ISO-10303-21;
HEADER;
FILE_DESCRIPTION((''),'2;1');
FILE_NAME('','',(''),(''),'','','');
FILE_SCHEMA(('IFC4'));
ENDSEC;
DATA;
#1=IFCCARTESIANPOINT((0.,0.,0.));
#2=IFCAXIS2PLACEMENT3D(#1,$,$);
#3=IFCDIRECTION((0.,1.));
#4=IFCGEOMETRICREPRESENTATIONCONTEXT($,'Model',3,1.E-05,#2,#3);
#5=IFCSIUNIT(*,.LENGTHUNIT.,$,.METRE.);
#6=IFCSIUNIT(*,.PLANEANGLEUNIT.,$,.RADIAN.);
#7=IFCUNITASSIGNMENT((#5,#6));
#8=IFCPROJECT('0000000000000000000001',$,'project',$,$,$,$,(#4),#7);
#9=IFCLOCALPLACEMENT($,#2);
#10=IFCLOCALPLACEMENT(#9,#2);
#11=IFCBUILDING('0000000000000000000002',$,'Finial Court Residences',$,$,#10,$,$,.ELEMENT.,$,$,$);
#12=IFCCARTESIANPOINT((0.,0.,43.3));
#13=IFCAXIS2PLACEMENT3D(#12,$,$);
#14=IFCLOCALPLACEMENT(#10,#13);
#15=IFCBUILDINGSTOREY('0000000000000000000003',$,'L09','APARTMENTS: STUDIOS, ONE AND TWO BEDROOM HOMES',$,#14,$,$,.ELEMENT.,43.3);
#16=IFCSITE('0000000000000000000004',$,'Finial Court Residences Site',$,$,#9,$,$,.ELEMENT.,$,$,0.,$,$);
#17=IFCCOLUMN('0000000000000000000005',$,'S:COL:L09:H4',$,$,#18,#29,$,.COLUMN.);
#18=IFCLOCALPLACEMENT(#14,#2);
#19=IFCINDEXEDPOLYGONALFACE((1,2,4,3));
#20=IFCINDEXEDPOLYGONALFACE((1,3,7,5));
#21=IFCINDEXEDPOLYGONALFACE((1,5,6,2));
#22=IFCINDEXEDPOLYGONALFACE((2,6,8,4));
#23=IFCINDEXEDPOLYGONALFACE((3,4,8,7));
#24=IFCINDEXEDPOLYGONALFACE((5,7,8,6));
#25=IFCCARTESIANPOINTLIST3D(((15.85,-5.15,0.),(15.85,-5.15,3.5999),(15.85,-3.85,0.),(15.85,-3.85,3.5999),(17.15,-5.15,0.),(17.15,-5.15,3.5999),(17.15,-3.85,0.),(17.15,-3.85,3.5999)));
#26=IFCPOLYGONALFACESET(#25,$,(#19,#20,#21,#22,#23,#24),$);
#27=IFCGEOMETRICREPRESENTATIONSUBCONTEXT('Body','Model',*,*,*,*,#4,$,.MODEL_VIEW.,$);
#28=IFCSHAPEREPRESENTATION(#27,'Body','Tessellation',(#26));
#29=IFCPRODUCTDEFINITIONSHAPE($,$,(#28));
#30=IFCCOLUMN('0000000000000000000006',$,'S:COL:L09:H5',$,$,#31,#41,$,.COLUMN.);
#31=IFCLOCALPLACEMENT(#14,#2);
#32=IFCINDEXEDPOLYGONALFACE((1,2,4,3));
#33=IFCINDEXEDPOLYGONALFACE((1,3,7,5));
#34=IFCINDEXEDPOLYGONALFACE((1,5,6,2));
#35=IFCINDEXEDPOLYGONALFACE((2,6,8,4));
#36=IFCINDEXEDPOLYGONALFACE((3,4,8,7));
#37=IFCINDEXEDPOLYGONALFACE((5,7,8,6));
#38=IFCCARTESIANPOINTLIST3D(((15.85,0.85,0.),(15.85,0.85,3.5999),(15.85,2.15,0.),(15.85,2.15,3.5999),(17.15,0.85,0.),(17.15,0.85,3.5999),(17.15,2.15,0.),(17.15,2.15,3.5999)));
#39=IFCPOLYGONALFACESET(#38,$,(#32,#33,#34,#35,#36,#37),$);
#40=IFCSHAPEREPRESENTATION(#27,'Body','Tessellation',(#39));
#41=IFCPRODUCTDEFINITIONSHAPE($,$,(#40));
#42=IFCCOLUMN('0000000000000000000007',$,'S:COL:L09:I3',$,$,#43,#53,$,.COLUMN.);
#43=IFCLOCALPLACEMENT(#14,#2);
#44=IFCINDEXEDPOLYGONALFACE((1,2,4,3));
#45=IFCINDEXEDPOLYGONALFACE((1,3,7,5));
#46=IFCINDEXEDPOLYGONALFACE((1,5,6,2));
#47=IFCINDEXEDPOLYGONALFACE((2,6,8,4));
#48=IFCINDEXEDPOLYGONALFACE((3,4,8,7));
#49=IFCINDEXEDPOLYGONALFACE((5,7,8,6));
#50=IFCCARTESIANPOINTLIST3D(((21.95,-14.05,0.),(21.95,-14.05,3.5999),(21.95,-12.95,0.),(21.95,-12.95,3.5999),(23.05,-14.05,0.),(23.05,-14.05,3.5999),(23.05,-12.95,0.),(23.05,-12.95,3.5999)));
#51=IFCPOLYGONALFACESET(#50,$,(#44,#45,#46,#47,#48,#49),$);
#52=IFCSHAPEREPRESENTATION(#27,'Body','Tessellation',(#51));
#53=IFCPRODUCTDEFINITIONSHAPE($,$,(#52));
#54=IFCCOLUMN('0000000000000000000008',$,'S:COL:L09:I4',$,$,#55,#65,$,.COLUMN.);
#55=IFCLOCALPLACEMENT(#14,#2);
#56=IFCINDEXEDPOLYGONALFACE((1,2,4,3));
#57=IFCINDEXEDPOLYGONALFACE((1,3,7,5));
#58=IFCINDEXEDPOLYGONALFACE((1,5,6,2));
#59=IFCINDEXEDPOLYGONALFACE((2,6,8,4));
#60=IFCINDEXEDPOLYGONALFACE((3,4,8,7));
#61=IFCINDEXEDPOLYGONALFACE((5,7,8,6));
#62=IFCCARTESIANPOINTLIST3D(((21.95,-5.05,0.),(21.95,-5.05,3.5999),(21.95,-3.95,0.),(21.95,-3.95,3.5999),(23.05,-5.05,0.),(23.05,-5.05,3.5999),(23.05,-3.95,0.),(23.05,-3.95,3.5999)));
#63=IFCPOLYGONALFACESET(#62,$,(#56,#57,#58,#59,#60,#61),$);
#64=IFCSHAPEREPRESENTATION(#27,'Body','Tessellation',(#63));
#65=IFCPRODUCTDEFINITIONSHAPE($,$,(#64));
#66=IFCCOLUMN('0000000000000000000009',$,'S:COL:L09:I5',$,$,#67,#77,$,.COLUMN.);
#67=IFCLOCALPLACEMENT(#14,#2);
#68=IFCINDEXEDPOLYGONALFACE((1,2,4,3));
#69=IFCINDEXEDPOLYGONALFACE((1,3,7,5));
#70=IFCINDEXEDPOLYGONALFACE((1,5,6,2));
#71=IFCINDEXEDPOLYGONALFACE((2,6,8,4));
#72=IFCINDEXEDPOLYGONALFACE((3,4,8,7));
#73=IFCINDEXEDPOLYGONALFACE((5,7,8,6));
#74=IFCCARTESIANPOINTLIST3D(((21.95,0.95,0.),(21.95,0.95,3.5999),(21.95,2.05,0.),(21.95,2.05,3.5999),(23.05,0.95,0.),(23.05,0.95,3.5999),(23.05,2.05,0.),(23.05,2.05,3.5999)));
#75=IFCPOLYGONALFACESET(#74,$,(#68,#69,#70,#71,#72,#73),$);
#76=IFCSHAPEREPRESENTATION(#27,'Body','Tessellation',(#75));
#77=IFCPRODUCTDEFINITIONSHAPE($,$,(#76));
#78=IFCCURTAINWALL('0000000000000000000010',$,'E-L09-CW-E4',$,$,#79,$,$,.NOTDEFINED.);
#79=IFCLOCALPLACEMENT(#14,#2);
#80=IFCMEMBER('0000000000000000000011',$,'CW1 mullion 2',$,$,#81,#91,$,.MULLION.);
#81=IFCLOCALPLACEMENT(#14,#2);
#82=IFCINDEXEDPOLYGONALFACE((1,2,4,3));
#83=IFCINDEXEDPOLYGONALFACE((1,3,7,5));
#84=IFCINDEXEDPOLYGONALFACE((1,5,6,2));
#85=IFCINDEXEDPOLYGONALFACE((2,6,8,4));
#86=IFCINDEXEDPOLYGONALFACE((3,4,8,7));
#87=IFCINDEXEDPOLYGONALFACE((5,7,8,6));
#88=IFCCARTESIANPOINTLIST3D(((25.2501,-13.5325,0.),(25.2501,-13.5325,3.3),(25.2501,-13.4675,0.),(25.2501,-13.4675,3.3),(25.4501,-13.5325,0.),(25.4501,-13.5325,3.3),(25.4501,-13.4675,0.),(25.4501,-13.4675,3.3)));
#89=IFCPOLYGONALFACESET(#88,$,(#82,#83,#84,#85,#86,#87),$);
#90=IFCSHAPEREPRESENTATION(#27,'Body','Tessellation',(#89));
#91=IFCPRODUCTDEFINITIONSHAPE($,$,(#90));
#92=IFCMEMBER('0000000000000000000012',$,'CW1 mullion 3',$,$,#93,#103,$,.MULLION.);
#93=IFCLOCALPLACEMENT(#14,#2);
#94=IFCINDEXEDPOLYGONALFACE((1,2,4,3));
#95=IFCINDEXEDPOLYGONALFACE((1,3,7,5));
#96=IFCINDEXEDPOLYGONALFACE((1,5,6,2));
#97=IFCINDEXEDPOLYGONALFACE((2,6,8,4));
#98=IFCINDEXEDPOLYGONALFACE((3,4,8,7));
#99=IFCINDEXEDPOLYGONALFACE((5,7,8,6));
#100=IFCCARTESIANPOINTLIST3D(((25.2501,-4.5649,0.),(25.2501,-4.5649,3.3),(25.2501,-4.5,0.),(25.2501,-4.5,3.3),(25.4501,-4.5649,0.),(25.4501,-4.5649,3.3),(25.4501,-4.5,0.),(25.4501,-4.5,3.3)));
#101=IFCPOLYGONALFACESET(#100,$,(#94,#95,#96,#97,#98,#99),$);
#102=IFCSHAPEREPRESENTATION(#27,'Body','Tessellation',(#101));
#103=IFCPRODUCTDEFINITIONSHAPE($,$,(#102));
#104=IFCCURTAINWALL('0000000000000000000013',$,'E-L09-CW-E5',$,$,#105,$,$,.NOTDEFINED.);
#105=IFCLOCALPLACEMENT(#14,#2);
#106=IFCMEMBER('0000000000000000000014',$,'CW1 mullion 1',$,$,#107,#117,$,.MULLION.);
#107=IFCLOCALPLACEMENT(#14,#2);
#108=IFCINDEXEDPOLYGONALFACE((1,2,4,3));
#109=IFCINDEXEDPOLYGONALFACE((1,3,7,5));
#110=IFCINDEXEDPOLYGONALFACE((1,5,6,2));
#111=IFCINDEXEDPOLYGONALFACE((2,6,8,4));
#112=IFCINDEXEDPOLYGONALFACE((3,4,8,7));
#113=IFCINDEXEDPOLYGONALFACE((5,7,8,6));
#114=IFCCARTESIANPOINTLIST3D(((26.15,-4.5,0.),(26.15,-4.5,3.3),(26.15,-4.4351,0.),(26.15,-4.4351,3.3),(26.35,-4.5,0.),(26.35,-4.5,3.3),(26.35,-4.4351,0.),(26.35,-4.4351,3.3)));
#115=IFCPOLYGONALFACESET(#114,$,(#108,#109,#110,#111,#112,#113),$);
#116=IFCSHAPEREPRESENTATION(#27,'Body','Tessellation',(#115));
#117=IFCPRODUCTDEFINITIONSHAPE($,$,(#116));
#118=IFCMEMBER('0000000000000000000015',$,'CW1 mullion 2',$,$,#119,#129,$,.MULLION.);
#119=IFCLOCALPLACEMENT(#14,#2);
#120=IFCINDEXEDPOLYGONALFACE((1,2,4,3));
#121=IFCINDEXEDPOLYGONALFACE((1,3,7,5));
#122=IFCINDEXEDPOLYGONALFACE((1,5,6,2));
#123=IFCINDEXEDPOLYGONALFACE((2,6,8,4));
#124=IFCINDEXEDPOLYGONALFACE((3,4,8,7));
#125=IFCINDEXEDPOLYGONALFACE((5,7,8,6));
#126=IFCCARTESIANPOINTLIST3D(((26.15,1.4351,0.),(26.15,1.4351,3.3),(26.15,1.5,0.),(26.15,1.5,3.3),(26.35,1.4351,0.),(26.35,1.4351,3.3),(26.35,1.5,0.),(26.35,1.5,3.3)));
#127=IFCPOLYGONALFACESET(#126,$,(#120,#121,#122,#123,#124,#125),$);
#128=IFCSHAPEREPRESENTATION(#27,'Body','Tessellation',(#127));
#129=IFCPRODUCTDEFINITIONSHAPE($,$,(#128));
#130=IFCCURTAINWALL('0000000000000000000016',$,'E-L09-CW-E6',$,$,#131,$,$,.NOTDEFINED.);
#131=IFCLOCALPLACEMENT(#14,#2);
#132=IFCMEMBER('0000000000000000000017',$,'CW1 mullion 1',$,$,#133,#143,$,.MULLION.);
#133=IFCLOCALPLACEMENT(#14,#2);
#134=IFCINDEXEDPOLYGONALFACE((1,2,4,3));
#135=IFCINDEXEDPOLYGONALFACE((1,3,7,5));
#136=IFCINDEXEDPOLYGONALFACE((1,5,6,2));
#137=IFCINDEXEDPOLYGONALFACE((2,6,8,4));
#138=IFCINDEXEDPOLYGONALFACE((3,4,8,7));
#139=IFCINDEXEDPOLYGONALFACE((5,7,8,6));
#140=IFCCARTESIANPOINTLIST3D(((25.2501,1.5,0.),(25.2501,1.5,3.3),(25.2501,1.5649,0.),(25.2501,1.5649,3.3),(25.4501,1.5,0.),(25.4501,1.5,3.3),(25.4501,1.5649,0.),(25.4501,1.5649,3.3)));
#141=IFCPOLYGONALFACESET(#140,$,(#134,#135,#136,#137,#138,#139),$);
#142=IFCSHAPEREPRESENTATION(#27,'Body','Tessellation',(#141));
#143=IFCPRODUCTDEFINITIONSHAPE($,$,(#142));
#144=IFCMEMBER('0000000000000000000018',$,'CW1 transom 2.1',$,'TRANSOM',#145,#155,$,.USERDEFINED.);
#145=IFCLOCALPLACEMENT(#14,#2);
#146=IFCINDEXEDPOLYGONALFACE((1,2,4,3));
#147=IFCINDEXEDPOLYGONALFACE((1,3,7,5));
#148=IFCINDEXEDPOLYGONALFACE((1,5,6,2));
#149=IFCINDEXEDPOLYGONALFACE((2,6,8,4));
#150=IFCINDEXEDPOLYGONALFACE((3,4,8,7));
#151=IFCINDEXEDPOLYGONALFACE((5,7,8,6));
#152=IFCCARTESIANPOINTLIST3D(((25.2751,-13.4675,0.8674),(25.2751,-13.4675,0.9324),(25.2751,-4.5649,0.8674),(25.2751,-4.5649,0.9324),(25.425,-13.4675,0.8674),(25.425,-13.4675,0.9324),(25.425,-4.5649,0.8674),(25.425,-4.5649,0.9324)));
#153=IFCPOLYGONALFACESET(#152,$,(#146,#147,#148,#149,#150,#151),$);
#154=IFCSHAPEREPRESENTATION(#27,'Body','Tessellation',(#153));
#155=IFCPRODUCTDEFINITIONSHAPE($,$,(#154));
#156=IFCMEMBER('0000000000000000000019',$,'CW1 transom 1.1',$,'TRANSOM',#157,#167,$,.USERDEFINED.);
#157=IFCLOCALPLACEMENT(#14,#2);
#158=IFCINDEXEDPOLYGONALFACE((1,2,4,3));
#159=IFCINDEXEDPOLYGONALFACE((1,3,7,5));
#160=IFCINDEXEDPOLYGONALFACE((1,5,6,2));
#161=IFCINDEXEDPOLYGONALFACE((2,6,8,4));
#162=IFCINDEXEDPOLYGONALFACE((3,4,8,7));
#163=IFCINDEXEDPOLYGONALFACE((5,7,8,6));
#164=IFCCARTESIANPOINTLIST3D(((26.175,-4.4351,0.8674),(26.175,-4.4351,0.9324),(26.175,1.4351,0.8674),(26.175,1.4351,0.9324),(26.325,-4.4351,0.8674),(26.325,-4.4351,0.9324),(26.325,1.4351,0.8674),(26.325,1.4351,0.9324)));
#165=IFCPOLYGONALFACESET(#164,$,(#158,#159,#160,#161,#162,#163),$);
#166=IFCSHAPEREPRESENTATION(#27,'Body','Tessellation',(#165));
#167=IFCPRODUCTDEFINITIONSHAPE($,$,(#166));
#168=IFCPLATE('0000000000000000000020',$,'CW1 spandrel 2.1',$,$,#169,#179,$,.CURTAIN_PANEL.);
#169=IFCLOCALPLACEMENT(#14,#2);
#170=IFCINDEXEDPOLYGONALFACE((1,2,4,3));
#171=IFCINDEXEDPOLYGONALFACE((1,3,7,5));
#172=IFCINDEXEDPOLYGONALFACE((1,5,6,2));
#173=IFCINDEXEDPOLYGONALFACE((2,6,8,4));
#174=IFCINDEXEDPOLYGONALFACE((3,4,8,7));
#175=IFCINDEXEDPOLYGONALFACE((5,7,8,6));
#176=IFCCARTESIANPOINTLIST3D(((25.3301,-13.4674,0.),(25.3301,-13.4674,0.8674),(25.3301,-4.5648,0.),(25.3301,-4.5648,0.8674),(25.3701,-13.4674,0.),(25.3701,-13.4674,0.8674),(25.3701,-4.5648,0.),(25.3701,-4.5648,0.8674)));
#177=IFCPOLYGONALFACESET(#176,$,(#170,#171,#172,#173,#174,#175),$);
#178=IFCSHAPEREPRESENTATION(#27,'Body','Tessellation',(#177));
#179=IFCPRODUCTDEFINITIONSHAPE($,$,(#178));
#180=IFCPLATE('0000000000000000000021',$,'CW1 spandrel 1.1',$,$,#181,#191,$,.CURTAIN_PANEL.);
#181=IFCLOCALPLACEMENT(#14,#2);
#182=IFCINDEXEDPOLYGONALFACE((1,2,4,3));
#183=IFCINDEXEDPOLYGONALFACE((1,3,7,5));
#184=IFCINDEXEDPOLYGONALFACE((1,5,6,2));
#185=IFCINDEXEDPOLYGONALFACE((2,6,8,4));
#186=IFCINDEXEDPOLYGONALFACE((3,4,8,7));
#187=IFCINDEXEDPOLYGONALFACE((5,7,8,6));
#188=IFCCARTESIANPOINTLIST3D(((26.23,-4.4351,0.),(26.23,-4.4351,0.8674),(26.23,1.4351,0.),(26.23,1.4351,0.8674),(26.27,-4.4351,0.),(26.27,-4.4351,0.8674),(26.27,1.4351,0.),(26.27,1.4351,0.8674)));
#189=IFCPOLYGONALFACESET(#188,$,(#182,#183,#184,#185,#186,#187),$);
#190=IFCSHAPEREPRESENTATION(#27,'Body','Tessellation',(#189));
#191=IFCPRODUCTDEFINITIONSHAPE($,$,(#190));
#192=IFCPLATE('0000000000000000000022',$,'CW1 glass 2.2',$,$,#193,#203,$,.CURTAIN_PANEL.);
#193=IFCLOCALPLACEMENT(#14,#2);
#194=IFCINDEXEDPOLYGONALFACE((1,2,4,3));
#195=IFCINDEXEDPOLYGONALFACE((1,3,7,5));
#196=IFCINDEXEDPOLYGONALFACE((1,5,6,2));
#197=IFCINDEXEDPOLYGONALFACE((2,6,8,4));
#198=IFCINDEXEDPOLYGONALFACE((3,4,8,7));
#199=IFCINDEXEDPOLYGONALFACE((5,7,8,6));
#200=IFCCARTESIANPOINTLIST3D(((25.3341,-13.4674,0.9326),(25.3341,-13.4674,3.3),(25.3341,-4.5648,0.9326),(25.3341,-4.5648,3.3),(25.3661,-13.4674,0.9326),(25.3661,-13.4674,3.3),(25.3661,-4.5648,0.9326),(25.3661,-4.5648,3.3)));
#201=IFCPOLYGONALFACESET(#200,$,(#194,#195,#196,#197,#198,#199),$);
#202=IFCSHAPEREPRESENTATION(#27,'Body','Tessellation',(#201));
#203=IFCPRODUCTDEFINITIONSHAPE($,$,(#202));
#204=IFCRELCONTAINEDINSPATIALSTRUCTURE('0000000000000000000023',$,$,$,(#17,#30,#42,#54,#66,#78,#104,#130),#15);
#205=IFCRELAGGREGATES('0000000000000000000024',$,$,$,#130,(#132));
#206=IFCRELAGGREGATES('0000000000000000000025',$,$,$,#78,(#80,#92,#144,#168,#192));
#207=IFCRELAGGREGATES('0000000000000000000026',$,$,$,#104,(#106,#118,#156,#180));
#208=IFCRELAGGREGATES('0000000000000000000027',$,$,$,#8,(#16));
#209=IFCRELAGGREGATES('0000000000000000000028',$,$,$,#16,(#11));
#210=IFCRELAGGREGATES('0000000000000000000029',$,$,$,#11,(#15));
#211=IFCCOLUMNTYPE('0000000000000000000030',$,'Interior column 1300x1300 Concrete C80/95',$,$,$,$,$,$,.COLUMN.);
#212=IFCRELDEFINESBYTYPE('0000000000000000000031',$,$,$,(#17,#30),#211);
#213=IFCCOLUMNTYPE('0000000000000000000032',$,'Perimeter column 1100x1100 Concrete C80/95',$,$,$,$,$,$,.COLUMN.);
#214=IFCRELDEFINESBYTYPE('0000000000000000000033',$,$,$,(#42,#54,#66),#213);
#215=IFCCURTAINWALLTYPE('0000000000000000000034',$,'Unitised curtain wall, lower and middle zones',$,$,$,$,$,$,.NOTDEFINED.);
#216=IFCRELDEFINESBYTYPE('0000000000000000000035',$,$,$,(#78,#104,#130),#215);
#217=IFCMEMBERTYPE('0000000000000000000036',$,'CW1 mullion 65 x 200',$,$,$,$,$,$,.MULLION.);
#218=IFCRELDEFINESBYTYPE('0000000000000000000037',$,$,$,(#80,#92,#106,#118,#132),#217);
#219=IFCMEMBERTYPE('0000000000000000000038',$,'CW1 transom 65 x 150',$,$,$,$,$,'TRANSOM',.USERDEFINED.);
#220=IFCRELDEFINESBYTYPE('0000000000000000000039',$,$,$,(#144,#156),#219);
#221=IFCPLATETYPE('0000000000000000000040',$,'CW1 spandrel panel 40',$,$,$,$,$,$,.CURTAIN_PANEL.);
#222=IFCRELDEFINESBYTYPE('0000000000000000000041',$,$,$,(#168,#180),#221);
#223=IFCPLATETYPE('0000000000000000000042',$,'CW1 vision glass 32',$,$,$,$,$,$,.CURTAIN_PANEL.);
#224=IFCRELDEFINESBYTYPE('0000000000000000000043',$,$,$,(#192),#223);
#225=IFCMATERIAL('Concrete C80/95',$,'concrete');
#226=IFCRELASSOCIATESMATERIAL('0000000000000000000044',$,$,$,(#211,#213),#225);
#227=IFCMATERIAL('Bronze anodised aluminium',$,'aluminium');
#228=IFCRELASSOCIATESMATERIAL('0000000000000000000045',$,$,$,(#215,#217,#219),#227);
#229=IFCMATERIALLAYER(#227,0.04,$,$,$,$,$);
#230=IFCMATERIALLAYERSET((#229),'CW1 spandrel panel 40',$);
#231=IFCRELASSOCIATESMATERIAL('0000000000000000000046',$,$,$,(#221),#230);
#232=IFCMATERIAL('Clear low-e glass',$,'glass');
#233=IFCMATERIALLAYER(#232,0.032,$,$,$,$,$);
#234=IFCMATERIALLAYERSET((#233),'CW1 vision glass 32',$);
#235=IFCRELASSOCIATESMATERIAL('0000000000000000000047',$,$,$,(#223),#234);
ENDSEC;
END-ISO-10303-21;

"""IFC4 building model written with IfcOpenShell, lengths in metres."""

from ifc_helpers import new_model, si_unit, direction, frame, origin, origin_2d, place, context, subcontext, project, spatial, rectangle, extrude, material, layer, layer_set, material_profile, profile_set, type_object, element, aggregate, save


model = new_model("IFC4")

# Units and contexts
model_context = context("Model", 3, precision=1e-05, world=origin(), true_north=direction((0.0, 1.0)))
body_context = subcontext(model_context, "Body", "Model", "MODEL_VIEW")
ifc_project = project(units=[si_unit("LENGTHUNIT", "METRE"), si_unit("PLANEANGLEUNIT", "RADIAN")], contexts=[model_context])

# Site, building, storey
site_placement = place(None, origin())
site = spatial("IfcSite", under=ifc_project, at=site_placement, Name="Finial Court Residences Site", CompositionType="ELEMENT", RefElevation=0.0)
building_placement = place(site_placement, origin())
building = spatial("IfcBuilding", under=site, at=building_placement, Name="Finial Court Residences", CompositionType="ELEMENT")
storey_placement = place(building_placement, frame((0.0, 0.0, 43.3)))
storey = spatial("IfcBuildingStorey", under=building, at=storey_placement, Name="L09", Description="APARTMENTS: STUDIOS, ONE AND TWO BEDROOM HOMES", CompositionType="ELEMENT", Elevation=43.3)

# Columns
ifc_material_1 = material(Name="Concrete C80/95", Category="concrete")
ifc_material_profile_1 = material_profile(ifc_material_1, rectangle(XDim=1.3, YDim=1.3, at=origin_2d()), Name="1300x1300")
ifc_profile_set_1 = profile_set([ifc_material_profile_1], Name="Concrete C80/95")
column_type_1 = type_object("IfcColumnType", Name="Interior column 1300x1300 Concrete C80/95", PredefinedType="COLUMN", material=ifc_profile_set_1)
for number, where, z_axis, x_axis, name in (
    (1, (16.5, -4.5, 0.0), (0.0, 0.0, 1.0), (1.0, 0.0, 0.0), "S:COL:L09:H4"),
    (2, (16.5, 1.5, 0.0), (0.0, 0.0, 1.0), (1.0, 0.0, 0.0), "S:COL:L09:H5"),
):
    element("IfcColumn", number, at=place(storey_placement, frame(where, z_axis=z_axis, x_axis=x_axis)), inside=storey, type_object=column_type_1, Name=name, PredefinedType="COLUMN", context=body_context, shape_type="SweptSolid", body=[
        extrude(rectangle(XDim=1.3, YDim=1.3, at=origin_2d()), origin(), (0.0, 0.0, 1.0), 3.5999),
    ])
ifc_material_profile_2 = material_profile(ifc_material_1, rectangle(XDim=1.1001, YDim=1.1001, at=origin_2d()), Name="1100x1100")
ifc_profile_set_2 = profile_set([ifc_material_profile_2], Name="Concrete C80/95")
column_type_2 = type_object("IfcColumnType", Name="Perimeter column 1100x1100 Concrete C80/95", PredefinedType="COLUMN", material=ifc_profile_set_2)
for number, where, z_axis, x_axis, name in (
    (3, (22.5, -13.5, 0.0), (0.0, 0.0, 1.0), (1.0, 0.0, 0.0), "S:COL:L09:I3"),
    (4, (22.5, -4.5, 0.0), (0.0, 0.0, 1.0), (1.0, 0.0, 0.0), "S:COL:L09:I4"),
    (5, (22.5, 1.5, 0.0), (0.0, 0.0, 1.0), (1.0, 0.0, 0.0), "S:COL:L09:I5"),
):
    element("IfcColumn", number, at=place(storey_placement, frame(where, z_axis=z_axis, x_axis=x_axis)), inside=storey, type_object=column_type_2, Name=name, PredefinedType="COLUMN", context=body_context, shape_type="SweptSolid", body=[
        extrude(rectangle(XDim=1.1001, YDim=1.1001, at=origin_2d()), origin(), (0.0, 0.0, 1.0), 3.5999),
    ])

# Curtain walls, members
ifc_material_2 = material(Name="Bronze anodised aluminium", Category="aluminium")
curtain_wall_type = type_object("IfcCurtainWallType", Name="Unitised curtain wall, lower and middle zones", PredefinedType="NOTDEFINED", material=ifc_material_2)
curtain_wall_1_placement = place(storey_placement, origin())
curtain_wall_1 = element("IfcCurtainWall", 6, at=curtain_wall_1_placement, inside=storey, type_object=curtain_wall_type, Name="E-L09-CW-E4", PredefinedType="NOTDEFINED")
ifc_material_profile_3 = material_profile(ifc_material_2, rectangle(XDim=0.2, YDim=0.0649, at=origin_2d()), Name="CW1 mullion 65 x 200")
ifc_profile_set_3 = profile_set([ifc_material_profile_3], Name="Bronze anodised aluminium")
member_type_1 = type_object("IfcMemberType", Name="CW1 mullion 65 x 200", PredefinedType="MULLION", material=ifc_profile_set_3)
member_1_placement = place(storey_placement, frame((25.3501, -13.5, 0.0), z_axis=(0.0, 0.0, 1.0), x_axis=(-1.0, 0.0, 0.0)))
member_1 = element("IfcMember", 7, at=member_1_placement, type_object=member_type_1, Name="CW1 mullion 2", PredefinedType="MULLION", context=body_context, shape_type="SweptSolid", body=[
    extrude(rectangle(XDim=0.2, YDim=0.0649, at=origin_2d()), origin(), (0.0, 0.0, 1.0), 3.3),
])
member_2_placement = place(storey_placement, frame((25.3501, -4.5325, 0.0), z_axis=(0.0, 0.0, 1.0), x_axis=(-1.0, 0.0, 0.0)))
member_2 = element("IfcMember", 8, at=member_2_placement, type_object=member_type_1, Name="CW1 mullion 3", PredefinedType="MULLION", context=body_context, shape_type="SweptSolid", body=[
    extrude(rectangle(XDim=0.2, YDim=0.0649, at=origin_2d()), origin(), (0.0, 0.0, 1.0), 3.3),
])
curtain_wall_2_placement = place(storey_placement, origin())
curtain_wall_2 = element("IfcCurtainWall", 9, at=curtain_wall_2_placement, inside=storey, type_object=curtain_wall_type, Name="E-L09-CW-E5", PredefinedType="NOTDEFINED")
member_3_placement = place(storey_placement, frame((26.25, -4.4675, 0.0), z_axis=(0.0, 0.0, 1.0), x_axis=(-1.0, 0.0, 0.0)))
member_3 = element("IfcMember", 10, at=member_3_placement, type_object=member_type_1, Name="CW1 mullion 1", PredefinedType="MULLION", context=body_context, shape_type="SweptSolid", body=[
    extrude(rectangle(XDim=0.2, YDim=0.0649, at=origin_2d()), origin(), (0.0, 0.0, 1.0), 3.3),
])
member_4_placement = place(storey_placement, frame((26.25, 1.4675, 0.0), z_axis=(0.0, 0.0, 1.0), x_axis=(-1.0, 0.0, 0.0)))
member_4 = element("IfcMember", 11, at=member_4_placement, type_object=member_type_1, Name="CW1 mullion 2", PredefinedType="MULLION", context=body_context, shape_type="SweptSolid", body=[
    extrude(rectangle(XDim=0.2, YDim=0.0649, at=origin_2d()), origin(), (0.0, 0.0, 1.0), 3.3),
])

# Curtain wall, member
curtain_wall_3_placement = place(storey_placement, origin())
curtain_wall_3 = element("IfcCurtainWall", 12, at=curtain_wall_3_placement, inside=storey, type_object=curtain_wall_type, Name="E-L09-CW-E6", PredefinedType="NOTDEFINED")
member_5_placement = place(storey_placement, frame((25.3501, 1.5325, 0.0), z_axis=(0.0, 0.0, 1.0), x_axis=(-1.0, 0.0, 0.0)))
member_5 = element("IfcMember", 13, at=member_5_placement, type_object=member_type_1, Name="CW1 mullion 1", PredefinedType="MULLION", context=body_context, shape_type="SweptSolid", body=[
    extrude(rectangle(XDim=0.2, YDim=0.0649, at=origin_2d()), origin(), (0.0, 0.0, 1.0), 3.3),
])
aggregate(curtain_wall_3, [member_5])

# Members
ifc_material_profile_4 = material_profile(ifc_material_2, rectangle(XDim=0.1499, YDim=0.0649, at=origin_2d()), Name="CW1 transom 65 x 150")
ifc_profile_set_4 = profile_set([ifc_material_profile_4], Name="Bronze anodised aluminium")
member_type_2 = type_object("IfcMemberType", Name="CW1 transom 65 x 150", ElementType="TRANSOM", PredefinedType="USERDEFINED", material=ifc_profile_set_4)
member_6_placement = place(storey_placement, frame((25.3501, -13.4675, 0.8999), z_axis=(0.0, 1.0, 0.0), x_axis=(-1.0, 0.0, 0.0)))
member_6 = element("IfcMember", 14, at=member_6_placement, type_object=member_type_2, Name="CW1 transom 2.1", ObjectType="TRANSOM", PredefinedType="USERDEFINED", context=body_context, shape_type="SweptSolid", body=[
    extrude(rectangle(XDim=0.1499, YDim=0.0649, at=origin_2d()), origin(), (0.0, 0.0, 1.0), 8.9026),
])
member_7_placement = place(storey_placement, frame((26.25, -4.4351, 0.8999), z_axis=(0.0, 1.0, 0.0), x_axis=(-1.0, 0.0, 0.0)))
member_7 = element("IfcMember", 15, at=member_7_placement, type_object=member_type_2, Name="CW1 transom 1.1", ObjectType="TRANSOM", PredefinedType="USERDEFINED", context=body_context, shape_type="SweptSolid", body=[
    extrude(rectangle(XDim=0.1499, YDim=0.0649, at=origin_2d()), origin(), (0.0, 0.0, 1.0), 5.8701),
])

# Plates
ifc_layer_1 = layer(ifc_material_2, 0.04)
ifc_layer_set_1 = layer_set([ifc_layer_1], Name="CW1 spandrel panel 40")
plate_type_1 = type_object("IfcPlateType", Name="CW1 spandrel panel 40", PredefinedType="CURTAIN_PANEL", material=ifc_layer_set_1)
plate_1_placement = place(storey_placement, frame((25.3501, -9.0161, 0.0), z_axis=(0.0, 0.0, 1.0), x_axis=(0.0, 1.0, 0.0)))
plate_1 = element("IfcPlate", 16, at=plate_1_placement, type_object=plate_type_1, Name="CW1 spandrel 2.1", PredefinedType="CURTAIN_PANEL", context=body_context, shape_type="SweptSolid", body=[
    extrude(rectangle(XDim=8.9026, YDim=0.04, at=origin_2d()), origin(), (0.0, 0.0, 1.0), 0.8674),
])
plate_2_placement = place(storey_placement, frame((26.25, -1.5, 0.0), z_axis=(0.0, 0.0, 1.0), x_axis=(0.0, 1.0, 0.0)))
plate_2 = element("IfcPlate", 17, at=plate_2_placement, type_object=plate_type_1, Name="CW1 spandrel 1.1", PredefinedType="CURTAIN_PANEL", context=body_context, shape_type="SweptSolid", body=[
    extrude(rectangle(XDim=5.8701, YDim=0.04, at=origin_2d()), origin(), (0.0, 0.0, 1.0), 0.8674),
])
ifc_material_3 = material(Name="Clear low-e glass", Category="glass")
ifc_layer_2 = layer(ifc_material_3, 0.032)
ifc_layer_set_2 = layer_set([ifc_layer_2], Name="CW1 vision glass 32")
plate_type_2 = type_object("IfcPlateType", Name="CW1 vision glass 32", PredefinedType="CURTAIN_PANEL", material=ifc_layer_set_2)
plate_3_placement = place(storey_placement, frame((25.3501, -9.0161, 0.9326), z_axis=(0.0, 0.0, 1.0), x_axis=(0.0, 1.0, 0.0)))
plate_3 = element("IfcPlate", 18, at=plate_3_placement, type_object=plate_type_2, Name="CW1 glass 2.2", PredefinedType="CURTAIN_PANEL", context=body_context, shape_type="SweptSolid", body=[
    extrude(rectangle(XDim=8.9026, YDim=0.032, at=origin_2d()), origin(), (0.0, 0.0, 1.0), 2.3674),
])
aggregate(curtain_wall_1, [member_1, member_2, member_6, plate_1, plate_3])
aggregate(curtain_wall_2, [member_3, member_4, member_7, plate_2])

save(model, "model.ifc")
